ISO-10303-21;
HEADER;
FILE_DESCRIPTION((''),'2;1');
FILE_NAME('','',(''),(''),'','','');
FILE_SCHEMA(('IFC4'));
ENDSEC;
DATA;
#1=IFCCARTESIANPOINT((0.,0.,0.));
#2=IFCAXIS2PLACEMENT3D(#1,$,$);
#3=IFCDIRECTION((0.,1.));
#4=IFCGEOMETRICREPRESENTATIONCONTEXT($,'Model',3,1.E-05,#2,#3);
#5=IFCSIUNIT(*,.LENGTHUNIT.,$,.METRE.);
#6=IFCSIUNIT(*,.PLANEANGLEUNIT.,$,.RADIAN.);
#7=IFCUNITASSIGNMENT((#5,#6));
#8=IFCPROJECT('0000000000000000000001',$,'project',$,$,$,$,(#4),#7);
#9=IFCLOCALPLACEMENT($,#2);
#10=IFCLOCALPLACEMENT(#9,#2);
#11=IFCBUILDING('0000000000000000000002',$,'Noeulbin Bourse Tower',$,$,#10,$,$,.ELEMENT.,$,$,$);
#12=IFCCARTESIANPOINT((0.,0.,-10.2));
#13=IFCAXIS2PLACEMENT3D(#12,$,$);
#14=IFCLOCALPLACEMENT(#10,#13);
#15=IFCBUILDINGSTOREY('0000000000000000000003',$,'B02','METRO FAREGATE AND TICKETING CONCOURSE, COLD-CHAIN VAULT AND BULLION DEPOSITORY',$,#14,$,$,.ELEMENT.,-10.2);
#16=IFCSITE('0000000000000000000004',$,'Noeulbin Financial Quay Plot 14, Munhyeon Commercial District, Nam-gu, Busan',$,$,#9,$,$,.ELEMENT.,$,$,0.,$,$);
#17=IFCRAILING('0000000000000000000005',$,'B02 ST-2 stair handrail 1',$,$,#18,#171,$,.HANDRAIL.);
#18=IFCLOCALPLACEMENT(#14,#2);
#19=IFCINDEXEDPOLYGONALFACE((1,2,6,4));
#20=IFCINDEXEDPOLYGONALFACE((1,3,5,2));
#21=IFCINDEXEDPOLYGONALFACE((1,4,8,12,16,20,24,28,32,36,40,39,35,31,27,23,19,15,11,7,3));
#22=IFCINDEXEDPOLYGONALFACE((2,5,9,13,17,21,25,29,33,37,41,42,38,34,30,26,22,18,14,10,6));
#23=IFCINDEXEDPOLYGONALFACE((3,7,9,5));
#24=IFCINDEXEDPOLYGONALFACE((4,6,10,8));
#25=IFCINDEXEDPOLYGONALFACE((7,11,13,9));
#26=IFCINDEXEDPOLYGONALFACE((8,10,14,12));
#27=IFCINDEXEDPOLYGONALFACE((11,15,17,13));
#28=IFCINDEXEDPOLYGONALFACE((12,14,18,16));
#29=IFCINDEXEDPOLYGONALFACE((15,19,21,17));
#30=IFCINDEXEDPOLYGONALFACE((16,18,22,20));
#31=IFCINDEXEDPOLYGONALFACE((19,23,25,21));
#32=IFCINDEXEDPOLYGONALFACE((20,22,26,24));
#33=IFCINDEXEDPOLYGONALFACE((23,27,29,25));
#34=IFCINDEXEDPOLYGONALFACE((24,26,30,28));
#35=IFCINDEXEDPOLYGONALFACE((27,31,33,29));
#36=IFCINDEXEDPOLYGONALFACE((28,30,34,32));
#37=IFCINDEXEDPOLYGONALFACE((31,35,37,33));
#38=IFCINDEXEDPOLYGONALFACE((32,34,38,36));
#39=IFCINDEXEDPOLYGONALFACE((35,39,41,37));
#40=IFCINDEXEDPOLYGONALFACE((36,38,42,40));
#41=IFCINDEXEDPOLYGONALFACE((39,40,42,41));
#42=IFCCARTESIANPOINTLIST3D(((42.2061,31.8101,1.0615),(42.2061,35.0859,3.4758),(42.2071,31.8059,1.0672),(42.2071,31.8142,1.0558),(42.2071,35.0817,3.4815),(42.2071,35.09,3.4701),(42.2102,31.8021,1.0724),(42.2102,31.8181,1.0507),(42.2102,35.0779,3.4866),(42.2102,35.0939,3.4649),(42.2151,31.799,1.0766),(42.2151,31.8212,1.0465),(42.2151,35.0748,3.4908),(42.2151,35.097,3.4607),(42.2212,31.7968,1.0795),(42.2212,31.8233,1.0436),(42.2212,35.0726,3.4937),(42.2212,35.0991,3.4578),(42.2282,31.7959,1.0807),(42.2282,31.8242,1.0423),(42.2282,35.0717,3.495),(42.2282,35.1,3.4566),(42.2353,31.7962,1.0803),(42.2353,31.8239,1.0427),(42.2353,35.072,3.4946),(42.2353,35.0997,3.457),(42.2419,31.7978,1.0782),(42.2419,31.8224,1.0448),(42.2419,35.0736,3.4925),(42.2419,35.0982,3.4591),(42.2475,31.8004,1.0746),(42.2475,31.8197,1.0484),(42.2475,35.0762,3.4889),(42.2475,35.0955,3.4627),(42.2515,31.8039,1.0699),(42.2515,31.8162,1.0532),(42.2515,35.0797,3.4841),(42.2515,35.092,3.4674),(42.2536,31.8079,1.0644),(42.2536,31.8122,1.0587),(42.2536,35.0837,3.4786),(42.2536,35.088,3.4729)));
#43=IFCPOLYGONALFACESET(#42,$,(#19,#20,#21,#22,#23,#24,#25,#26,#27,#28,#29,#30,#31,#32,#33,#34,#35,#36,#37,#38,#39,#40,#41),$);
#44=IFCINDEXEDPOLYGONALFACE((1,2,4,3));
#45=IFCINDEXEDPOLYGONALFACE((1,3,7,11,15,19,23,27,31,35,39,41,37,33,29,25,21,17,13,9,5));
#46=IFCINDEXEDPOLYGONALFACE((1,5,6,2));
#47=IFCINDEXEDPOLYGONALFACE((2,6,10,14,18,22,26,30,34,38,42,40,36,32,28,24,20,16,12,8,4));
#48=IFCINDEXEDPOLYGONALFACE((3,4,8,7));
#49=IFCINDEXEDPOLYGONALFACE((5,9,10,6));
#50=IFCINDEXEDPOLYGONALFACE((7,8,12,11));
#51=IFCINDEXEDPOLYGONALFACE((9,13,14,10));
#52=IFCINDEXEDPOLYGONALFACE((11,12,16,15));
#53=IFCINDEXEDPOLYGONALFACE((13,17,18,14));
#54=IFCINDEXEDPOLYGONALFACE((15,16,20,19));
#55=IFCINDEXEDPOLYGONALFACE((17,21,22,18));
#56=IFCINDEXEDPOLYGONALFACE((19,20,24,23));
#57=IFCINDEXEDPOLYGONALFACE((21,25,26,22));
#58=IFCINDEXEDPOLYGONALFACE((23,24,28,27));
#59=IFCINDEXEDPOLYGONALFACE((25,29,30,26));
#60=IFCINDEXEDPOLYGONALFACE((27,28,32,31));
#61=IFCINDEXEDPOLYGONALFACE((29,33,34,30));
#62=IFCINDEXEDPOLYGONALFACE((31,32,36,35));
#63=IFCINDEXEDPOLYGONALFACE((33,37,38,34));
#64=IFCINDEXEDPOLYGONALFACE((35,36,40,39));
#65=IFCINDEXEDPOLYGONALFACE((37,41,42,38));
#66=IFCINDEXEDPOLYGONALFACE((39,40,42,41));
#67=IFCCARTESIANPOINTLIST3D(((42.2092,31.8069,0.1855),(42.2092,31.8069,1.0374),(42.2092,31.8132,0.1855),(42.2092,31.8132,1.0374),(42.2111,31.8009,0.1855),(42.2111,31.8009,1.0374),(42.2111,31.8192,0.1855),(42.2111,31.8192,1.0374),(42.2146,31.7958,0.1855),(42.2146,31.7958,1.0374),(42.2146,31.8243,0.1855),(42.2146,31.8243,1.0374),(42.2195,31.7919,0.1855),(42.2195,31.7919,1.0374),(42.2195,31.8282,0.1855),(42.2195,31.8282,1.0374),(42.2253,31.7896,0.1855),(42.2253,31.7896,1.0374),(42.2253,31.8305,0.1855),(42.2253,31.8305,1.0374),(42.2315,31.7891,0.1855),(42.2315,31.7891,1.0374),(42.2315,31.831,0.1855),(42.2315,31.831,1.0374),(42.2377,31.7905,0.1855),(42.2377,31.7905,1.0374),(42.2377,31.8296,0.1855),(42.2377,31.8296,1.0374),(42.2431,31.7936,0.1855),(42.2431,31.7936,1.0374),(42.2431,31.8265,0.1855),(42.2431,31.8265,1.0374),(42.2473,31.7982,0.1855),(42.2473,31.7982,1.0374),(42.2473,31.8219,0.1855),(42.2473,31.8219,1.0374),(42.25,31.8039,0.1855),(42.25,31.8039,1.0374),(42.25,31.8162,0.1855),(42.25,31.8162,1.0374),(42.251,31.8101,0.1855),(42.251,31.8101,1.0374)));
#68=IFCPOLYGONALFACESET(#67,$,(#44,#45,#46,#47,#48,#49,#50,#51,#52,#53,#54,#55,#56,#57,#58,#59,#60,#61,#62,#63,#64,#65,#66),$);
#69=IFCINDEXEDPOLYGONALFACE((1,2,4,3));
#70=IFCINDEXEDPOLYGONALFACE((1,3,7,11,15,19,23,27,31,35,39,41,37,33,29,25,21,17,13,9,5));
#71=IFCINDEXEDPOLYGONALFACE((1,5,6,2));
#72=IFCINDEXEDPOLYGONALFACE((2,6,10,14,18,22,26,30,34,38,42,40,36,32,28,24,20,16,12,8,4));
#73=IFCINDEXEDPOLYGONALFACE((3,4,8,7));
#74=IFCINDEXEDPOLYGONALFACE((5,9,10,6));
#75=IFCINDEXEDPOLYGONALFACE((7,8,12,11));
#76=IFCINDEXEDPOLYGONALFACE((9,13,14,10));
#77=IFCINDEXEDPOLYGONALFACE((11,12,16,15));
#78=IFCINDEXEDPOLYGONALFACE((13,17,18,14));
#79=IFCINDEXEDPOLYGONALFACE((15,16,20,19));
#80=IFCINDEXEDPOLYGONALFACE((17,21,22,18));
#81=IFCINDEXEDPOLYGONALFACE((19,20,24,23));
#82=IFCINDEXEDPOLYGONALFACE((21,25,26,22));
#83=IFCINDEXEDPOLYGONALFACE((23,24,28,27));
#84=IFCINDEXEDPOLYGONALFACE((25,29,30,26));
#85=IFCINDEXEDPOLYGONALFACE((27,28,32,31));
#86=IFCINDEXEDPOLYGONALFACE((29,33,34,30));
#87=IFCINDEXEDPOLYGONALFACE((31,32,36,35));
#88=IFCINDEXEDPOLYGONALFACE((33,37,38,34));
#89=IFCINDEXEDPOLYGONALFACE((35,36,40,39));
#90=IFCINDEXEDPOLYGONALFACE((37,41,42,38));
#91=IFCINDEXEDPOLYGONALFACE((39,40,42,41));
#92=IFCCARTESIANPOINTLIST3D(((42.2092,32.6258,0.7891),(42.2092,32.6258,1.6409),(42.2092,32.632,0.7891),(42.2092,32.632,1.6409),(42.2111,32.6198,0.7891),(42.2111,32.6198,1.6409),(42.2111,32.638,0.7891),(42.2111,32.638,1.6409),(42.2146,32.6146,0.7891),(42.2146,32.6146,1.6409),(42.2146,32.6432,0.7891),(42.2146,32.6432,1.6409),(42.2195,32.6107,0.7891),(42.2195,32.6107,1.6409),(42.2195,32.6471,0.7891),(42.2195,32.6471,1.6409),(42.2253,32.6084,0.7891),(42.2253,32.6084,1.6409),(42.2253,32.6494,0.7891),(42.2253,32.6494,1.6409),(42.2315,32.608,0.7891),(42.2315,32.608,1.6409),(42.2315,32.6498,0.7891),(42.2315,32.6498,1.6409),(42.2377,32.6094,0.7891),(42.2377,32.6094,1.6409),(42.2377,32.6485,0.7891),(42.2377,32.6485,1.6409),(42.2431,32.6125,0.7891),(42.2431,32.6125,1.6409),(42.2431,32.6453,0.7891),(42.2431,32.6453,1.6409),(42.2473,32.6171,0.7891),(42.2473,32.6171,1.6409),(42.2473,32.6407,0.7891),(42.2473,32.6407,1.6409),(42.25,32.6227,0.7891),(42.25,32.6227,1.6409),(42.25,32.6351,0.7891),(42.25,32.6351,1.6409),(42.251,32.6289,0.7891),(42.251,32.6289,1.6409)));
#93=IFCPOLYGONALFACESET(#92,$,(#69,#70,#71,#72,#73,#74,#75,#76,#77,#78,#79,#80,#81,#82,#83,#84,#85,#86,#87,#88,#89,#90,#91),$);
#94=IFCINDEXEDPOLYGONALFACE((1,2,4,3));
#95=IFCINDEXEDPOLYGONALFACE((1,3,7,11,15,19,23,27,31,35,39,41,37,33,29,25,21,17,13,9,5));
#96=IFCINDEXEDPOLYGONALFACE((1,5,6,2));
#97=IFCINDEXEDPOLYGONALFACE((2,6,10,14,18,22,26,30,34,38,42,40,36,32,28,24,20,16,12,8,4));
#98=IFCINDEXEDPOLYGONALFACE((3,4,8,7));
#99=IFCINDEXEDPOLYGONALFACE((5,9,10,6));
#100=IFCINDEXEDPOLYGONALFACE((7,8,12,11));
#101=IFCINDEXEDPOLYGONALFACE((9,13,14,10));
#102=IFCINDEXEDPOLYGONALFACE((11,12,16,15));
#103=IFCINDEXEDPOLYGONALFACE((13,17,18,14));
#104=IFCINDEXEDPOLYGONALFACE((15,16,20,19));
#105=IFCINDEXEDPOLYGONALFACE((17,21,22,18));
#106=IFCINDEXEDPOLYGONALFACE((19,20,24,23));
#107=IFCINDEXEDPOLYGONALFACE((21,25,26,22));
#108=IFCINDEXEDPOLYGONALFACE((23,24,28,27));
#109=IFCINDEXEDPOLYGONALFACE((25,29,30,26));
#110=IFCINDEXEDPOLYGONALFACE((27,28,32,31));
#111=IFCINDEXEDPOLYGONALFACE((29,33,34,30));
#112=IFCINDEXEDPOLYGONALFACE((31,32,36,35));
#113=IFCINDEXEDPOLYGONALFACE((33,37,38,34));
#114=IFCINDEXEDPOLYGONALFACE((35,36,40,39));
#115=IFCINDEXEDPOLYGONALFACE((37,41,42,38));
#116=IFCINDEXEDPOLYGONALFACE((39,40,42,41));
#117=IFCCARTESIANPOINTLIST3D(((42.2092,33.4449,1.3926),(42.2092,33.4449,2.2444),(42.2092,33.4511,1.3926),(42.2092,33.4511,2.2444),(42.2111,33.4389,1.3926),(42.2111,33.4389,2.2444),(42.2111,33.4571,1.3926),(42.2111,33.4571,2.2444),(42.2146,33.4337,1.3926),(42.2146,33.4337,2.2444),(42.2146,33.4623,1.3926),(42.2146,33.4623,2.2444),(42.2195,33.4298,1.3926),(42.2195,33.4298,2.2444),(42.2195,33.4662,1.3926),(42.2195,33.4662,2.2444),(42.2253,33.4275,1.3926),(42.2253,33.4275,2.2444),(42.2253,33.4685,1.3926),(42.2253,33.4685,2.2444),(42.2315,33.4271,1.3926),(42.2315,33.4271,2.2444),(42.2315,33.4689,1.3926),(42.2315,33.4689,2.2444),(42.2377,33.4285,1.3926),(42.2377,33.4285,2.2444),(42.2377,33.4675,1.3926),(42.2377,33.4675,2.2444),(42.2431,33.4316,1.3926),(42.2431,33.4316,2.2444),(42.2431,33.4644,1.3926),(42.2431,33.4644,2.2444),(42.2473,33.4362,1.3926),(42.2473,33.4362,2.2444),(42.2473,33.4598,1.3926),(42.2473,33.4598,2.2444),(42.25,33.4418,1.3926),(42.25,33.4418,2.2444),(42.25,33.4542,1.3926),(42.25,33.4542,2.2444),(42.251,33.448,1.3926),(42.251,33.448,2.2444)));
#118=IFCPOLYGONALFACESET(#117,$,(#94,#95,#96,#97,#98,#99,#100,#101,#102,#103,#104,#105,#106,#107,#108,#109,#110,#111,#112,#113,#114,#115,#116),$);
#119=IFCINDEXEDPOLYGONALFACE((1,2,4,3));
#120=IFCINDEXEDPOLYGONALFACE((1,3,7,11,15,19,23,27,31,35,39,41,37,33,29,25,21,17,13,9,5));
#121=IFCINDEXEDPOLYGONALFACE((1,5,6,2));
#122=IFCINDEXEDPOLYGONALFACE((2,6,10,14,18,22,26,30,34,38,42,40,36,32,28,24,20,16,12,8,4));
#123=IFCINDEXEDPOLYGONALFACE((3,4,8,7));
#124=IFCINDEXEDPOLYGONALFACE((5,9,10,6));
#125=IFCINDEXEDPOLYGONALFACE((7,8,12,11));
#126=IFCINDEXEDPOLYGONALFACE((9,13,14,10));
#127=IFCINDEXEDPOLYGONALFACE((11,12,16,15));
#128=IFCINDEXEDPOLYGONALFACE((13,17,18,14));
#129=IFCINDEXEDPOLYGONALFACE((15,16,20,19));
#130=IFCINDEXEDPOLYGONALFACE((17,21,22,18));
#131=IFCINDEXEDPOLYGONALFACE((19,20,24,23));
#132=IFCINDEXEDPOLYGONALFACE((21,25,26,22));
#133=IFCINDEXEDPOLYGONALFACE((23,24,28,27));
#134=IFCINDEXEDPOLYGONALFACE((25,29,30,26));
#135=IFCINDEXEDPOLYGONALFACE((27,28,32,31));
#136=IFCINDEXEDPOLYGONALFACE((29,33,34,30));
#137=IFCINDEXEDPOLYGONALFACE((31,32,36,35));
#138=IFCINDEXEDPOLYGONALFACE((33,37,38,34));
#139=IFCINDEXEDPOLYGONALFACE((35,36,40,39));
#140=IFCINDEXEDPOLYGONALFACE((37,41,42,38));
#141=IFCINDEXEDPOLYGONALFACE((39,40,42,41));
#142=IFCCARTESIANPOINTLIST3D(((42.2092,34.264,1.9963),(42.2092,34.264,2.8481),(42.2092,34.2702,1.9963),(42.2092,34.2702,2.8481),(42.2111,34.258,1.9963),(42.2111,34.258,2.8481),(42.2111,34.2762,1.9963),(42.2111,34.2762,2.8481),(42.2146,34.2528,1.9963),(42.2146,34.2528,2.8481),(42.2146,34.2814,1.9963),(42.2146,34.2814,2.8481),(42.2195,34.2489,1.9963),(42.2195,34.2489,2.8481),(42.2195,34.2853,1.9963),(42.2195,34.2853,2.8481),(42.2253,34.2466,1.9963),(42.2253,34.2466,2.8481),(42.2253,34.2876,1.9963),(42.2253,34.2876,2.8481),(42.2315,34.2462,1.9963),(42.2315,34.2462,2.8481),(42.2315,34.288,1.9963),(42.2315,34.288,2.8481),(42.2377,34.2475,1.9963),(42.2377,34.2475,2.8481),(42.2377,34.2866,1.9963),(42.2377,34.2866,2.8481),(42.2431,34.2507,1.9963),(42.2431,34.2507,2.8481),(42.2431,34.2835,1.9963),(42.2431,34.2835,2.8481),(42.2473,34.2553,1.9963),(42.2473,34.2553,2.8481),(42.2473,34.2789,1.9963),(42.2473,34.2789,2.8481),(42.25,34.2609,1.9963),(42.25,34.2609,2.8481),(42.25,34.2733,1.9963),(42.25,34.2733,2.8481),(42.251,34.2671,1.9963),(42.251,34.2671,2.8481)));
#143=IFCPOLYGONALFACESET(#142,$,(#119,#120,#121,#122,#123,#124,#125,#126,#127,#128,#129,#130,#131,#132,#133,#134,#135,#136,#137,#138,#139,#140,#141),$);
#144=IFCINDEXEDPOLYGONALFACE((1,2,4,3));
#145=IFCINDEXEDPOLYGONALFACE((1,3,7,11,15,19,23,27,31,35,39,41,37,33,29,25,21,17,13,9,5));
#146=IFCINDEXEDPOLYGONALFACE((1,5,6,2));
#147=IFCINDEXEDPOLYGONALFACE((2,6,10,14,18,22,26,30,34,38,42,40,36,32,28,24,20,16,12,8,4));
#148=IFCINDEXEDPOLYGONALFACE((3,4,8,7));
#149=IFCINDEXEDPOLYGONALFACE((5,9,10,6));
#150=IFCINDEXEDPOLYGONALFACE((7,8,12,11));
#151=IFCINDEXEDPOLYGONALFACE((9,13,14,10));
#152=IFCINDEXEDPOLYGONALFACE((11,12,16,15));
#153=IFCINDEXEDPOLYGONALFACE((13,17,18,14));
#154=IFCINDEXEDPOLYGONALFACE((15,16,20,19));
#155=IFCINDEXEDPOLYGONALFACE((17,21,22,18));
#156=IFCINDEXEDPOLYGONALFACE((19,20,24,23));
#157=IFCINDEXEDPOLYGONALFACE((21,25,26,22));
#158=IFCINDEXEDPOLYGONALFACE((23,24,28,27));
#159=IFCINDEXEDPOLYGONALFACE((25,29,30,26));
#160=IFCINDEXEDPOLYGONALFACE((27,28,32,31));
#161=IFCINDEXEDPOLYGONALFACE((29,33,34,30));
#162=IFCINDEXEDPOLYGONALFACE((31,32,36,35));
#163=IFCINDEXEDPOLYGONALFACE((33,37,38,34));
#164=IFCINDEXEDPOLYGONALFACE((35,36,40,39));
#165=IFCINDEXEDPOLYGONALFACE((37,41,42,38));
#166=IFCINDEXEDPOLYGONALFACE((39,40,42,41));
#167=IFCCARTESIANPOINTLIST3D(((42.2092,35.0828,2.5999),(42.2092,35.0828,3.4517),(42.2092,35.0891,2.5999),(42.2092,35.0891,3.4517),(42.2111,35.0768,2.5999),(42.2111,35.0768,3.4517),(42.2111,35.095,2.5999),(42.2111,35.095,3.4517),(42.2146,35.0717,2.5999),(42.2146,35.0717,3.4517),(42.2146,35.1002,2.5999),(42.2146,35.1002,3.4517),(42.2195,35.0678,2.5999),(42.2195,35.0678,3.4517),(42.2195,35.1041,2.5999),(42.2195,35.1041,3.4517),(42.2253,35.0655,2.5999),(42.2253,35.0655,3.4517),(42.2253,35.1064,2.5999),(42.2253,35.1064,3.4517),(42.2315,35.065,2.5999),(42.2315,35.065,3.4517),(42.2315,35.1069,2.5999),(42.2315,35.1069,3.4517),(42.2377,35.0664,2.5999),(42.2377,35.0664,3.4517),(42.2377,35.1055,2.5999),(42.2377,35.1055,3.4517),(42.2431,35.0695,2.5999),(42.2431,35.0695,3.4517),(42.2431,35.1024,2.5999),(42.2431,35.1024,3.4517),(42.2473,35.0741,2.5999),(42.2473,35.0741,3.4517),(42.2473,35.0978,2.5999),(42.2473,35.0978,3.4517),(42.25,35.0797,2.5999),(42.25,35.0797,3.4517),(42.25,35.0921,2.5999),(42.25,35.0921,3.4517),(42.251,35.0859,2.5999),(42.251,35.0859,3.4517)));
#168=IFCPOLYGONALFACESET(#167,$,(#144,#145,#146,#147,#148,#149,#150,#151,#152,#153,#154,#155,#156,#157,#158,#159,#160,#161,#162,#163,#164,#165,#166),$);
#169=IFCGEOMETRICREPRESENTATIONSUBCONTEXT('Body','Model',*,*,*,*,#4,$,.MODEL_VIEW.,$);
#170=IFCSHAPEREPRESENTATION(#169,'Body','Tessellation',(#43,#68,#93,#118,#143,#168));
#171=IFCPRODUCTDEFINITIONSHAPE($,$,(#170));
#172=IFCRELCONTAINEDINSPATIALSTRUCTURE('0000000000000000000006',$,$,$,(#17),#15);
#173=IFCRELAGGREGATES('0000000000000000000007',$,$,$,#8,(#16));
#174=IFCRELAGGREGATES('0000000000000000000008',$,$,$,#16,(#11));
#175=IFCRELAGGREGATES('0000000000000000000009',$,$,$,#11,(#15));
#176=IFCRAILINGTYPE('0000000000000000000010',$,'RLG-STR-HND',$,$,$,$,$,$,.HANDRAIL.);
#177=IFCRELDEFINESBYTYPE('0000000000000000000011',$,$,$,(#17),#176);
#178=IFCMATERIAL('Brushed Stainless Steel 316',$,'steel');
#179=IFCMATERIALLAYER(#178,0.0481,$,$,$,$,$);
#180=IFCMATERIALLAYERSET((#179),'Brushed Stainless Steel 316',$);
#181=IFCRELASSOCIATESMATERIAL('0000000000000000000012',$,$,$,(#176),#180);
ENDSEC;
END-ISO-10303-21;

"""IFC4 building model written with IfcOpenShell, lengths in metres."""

from ifc_helpers import new_model, si_unit, direction, frame, origin, origin_2d, place, context, subcontext, project, spatial, circle, extrude, material, layer, layer_set, type_object, element, save


model = new_model("IFC4")

# Units and contexts
model_context = context("Model", 3, precision=1e-05, world=origin(), true_north=direction((0.0, 1.0)))
body_context = subcontext(model_context, "Body", "Model", "MODEL_VIEW")
ifc_project = project(units=[si_unit("LENGTHUNIT", "METRE"), si_unit("PLANEANGLEUNIT", "RADIAN")], contexts=[model_context])

# Site, building, storey
site_placement = place(None, origin())
site = spatial("IfcSite", under=ifc_project, at=site_placement, Name="Noeulbin Financial Quay Plot 14, Munhyeon Commercial District, Nam-gu, Busan", CompositionType="ELEMENT", RefElevation=0.0)
building_placement = place(site_placement, origin())
building = spatial("IfcBuilding", under=site, at=building_placement, Name="Noeulbin Bourse Tower", CompositionType="ELEMENT")
storey_placement = place(building_placement, frame((0.0, 0.0, -10.2)))
storey = spatial("IfcBuildingStorey", under=building, at=storey_placement, Name="B02", Description="METRO FAREGATE AND TICKETING CONCOURSE, COLD-CHAIN VAULT AND BULLION DEPOSITORY", CompositionType="ELEMENT", Elevation=-10.2)

# Shared definitions
ifc_material_1 = material(Name="Brushed Stainless Steel 316", Category="steel")

# Railing
ifc_layer_1 = layer(ifc_material_1, 0.0481)
ifc_layer_set_1 = layer_set([ifc_layer_1], Name="Brushed Stainless Steel 316")
railing_type_1 = type_object("IfcRailingType", Name="RLG-STR-HND", PredefinedType="HANDRAIL", material=ifc_layer_set_1)
railing_1_placement = place(storey_placement, frame((42.23, 31.8101, 0.1855)))
element("IfcRailing", 1, at=railing_1_placement, inside=storey, type_object=railing_type_1, Name="B02 ST-2 stair handrail 1", PredefinedType="HANDRAIL", context=body_context, shape_type="SweptSolid", body=[
    extrude(circle(Radius=0.0239, at=origin_2d()), frame((0.0, 0.0, 0.876), z_axis=(0.0, 0.804997, 0.593279), x_axis=(-1.0, 0.0, 0.0)), (0.0, 0.0, 1.0), 4.0693),
    extrude(circle(Radius=0.021, at=origin_2d()), origin(), (0.0, 0.0, 1.0), 0.8518),
    extrude(circle(Radius=0.021, at=origin_2d()), frame((0.0, 0.8188, 0.6035)), (0.0, 0.0, 1.0), 0.8518),
    extrude(circle(Radius=0.021, at=origin_2d()), frame((0.0, 1.6379, 1.207)), (0.0, 0.0, 1.0), 0.8518),
    extrude(circle(Radius=0.021, at=origin_2d()), frame((0.0, 2.457, 1.8108)), (0.0, 0.0, 1.0), 0.8518),
    extrude(circle(Radius=0.021, at=origin_2d()), frame((0.0, 3.2759, 2.4143)), (0.0, 0.0, 1.0), 0.8518),
])

save(model, "model.ifc")
